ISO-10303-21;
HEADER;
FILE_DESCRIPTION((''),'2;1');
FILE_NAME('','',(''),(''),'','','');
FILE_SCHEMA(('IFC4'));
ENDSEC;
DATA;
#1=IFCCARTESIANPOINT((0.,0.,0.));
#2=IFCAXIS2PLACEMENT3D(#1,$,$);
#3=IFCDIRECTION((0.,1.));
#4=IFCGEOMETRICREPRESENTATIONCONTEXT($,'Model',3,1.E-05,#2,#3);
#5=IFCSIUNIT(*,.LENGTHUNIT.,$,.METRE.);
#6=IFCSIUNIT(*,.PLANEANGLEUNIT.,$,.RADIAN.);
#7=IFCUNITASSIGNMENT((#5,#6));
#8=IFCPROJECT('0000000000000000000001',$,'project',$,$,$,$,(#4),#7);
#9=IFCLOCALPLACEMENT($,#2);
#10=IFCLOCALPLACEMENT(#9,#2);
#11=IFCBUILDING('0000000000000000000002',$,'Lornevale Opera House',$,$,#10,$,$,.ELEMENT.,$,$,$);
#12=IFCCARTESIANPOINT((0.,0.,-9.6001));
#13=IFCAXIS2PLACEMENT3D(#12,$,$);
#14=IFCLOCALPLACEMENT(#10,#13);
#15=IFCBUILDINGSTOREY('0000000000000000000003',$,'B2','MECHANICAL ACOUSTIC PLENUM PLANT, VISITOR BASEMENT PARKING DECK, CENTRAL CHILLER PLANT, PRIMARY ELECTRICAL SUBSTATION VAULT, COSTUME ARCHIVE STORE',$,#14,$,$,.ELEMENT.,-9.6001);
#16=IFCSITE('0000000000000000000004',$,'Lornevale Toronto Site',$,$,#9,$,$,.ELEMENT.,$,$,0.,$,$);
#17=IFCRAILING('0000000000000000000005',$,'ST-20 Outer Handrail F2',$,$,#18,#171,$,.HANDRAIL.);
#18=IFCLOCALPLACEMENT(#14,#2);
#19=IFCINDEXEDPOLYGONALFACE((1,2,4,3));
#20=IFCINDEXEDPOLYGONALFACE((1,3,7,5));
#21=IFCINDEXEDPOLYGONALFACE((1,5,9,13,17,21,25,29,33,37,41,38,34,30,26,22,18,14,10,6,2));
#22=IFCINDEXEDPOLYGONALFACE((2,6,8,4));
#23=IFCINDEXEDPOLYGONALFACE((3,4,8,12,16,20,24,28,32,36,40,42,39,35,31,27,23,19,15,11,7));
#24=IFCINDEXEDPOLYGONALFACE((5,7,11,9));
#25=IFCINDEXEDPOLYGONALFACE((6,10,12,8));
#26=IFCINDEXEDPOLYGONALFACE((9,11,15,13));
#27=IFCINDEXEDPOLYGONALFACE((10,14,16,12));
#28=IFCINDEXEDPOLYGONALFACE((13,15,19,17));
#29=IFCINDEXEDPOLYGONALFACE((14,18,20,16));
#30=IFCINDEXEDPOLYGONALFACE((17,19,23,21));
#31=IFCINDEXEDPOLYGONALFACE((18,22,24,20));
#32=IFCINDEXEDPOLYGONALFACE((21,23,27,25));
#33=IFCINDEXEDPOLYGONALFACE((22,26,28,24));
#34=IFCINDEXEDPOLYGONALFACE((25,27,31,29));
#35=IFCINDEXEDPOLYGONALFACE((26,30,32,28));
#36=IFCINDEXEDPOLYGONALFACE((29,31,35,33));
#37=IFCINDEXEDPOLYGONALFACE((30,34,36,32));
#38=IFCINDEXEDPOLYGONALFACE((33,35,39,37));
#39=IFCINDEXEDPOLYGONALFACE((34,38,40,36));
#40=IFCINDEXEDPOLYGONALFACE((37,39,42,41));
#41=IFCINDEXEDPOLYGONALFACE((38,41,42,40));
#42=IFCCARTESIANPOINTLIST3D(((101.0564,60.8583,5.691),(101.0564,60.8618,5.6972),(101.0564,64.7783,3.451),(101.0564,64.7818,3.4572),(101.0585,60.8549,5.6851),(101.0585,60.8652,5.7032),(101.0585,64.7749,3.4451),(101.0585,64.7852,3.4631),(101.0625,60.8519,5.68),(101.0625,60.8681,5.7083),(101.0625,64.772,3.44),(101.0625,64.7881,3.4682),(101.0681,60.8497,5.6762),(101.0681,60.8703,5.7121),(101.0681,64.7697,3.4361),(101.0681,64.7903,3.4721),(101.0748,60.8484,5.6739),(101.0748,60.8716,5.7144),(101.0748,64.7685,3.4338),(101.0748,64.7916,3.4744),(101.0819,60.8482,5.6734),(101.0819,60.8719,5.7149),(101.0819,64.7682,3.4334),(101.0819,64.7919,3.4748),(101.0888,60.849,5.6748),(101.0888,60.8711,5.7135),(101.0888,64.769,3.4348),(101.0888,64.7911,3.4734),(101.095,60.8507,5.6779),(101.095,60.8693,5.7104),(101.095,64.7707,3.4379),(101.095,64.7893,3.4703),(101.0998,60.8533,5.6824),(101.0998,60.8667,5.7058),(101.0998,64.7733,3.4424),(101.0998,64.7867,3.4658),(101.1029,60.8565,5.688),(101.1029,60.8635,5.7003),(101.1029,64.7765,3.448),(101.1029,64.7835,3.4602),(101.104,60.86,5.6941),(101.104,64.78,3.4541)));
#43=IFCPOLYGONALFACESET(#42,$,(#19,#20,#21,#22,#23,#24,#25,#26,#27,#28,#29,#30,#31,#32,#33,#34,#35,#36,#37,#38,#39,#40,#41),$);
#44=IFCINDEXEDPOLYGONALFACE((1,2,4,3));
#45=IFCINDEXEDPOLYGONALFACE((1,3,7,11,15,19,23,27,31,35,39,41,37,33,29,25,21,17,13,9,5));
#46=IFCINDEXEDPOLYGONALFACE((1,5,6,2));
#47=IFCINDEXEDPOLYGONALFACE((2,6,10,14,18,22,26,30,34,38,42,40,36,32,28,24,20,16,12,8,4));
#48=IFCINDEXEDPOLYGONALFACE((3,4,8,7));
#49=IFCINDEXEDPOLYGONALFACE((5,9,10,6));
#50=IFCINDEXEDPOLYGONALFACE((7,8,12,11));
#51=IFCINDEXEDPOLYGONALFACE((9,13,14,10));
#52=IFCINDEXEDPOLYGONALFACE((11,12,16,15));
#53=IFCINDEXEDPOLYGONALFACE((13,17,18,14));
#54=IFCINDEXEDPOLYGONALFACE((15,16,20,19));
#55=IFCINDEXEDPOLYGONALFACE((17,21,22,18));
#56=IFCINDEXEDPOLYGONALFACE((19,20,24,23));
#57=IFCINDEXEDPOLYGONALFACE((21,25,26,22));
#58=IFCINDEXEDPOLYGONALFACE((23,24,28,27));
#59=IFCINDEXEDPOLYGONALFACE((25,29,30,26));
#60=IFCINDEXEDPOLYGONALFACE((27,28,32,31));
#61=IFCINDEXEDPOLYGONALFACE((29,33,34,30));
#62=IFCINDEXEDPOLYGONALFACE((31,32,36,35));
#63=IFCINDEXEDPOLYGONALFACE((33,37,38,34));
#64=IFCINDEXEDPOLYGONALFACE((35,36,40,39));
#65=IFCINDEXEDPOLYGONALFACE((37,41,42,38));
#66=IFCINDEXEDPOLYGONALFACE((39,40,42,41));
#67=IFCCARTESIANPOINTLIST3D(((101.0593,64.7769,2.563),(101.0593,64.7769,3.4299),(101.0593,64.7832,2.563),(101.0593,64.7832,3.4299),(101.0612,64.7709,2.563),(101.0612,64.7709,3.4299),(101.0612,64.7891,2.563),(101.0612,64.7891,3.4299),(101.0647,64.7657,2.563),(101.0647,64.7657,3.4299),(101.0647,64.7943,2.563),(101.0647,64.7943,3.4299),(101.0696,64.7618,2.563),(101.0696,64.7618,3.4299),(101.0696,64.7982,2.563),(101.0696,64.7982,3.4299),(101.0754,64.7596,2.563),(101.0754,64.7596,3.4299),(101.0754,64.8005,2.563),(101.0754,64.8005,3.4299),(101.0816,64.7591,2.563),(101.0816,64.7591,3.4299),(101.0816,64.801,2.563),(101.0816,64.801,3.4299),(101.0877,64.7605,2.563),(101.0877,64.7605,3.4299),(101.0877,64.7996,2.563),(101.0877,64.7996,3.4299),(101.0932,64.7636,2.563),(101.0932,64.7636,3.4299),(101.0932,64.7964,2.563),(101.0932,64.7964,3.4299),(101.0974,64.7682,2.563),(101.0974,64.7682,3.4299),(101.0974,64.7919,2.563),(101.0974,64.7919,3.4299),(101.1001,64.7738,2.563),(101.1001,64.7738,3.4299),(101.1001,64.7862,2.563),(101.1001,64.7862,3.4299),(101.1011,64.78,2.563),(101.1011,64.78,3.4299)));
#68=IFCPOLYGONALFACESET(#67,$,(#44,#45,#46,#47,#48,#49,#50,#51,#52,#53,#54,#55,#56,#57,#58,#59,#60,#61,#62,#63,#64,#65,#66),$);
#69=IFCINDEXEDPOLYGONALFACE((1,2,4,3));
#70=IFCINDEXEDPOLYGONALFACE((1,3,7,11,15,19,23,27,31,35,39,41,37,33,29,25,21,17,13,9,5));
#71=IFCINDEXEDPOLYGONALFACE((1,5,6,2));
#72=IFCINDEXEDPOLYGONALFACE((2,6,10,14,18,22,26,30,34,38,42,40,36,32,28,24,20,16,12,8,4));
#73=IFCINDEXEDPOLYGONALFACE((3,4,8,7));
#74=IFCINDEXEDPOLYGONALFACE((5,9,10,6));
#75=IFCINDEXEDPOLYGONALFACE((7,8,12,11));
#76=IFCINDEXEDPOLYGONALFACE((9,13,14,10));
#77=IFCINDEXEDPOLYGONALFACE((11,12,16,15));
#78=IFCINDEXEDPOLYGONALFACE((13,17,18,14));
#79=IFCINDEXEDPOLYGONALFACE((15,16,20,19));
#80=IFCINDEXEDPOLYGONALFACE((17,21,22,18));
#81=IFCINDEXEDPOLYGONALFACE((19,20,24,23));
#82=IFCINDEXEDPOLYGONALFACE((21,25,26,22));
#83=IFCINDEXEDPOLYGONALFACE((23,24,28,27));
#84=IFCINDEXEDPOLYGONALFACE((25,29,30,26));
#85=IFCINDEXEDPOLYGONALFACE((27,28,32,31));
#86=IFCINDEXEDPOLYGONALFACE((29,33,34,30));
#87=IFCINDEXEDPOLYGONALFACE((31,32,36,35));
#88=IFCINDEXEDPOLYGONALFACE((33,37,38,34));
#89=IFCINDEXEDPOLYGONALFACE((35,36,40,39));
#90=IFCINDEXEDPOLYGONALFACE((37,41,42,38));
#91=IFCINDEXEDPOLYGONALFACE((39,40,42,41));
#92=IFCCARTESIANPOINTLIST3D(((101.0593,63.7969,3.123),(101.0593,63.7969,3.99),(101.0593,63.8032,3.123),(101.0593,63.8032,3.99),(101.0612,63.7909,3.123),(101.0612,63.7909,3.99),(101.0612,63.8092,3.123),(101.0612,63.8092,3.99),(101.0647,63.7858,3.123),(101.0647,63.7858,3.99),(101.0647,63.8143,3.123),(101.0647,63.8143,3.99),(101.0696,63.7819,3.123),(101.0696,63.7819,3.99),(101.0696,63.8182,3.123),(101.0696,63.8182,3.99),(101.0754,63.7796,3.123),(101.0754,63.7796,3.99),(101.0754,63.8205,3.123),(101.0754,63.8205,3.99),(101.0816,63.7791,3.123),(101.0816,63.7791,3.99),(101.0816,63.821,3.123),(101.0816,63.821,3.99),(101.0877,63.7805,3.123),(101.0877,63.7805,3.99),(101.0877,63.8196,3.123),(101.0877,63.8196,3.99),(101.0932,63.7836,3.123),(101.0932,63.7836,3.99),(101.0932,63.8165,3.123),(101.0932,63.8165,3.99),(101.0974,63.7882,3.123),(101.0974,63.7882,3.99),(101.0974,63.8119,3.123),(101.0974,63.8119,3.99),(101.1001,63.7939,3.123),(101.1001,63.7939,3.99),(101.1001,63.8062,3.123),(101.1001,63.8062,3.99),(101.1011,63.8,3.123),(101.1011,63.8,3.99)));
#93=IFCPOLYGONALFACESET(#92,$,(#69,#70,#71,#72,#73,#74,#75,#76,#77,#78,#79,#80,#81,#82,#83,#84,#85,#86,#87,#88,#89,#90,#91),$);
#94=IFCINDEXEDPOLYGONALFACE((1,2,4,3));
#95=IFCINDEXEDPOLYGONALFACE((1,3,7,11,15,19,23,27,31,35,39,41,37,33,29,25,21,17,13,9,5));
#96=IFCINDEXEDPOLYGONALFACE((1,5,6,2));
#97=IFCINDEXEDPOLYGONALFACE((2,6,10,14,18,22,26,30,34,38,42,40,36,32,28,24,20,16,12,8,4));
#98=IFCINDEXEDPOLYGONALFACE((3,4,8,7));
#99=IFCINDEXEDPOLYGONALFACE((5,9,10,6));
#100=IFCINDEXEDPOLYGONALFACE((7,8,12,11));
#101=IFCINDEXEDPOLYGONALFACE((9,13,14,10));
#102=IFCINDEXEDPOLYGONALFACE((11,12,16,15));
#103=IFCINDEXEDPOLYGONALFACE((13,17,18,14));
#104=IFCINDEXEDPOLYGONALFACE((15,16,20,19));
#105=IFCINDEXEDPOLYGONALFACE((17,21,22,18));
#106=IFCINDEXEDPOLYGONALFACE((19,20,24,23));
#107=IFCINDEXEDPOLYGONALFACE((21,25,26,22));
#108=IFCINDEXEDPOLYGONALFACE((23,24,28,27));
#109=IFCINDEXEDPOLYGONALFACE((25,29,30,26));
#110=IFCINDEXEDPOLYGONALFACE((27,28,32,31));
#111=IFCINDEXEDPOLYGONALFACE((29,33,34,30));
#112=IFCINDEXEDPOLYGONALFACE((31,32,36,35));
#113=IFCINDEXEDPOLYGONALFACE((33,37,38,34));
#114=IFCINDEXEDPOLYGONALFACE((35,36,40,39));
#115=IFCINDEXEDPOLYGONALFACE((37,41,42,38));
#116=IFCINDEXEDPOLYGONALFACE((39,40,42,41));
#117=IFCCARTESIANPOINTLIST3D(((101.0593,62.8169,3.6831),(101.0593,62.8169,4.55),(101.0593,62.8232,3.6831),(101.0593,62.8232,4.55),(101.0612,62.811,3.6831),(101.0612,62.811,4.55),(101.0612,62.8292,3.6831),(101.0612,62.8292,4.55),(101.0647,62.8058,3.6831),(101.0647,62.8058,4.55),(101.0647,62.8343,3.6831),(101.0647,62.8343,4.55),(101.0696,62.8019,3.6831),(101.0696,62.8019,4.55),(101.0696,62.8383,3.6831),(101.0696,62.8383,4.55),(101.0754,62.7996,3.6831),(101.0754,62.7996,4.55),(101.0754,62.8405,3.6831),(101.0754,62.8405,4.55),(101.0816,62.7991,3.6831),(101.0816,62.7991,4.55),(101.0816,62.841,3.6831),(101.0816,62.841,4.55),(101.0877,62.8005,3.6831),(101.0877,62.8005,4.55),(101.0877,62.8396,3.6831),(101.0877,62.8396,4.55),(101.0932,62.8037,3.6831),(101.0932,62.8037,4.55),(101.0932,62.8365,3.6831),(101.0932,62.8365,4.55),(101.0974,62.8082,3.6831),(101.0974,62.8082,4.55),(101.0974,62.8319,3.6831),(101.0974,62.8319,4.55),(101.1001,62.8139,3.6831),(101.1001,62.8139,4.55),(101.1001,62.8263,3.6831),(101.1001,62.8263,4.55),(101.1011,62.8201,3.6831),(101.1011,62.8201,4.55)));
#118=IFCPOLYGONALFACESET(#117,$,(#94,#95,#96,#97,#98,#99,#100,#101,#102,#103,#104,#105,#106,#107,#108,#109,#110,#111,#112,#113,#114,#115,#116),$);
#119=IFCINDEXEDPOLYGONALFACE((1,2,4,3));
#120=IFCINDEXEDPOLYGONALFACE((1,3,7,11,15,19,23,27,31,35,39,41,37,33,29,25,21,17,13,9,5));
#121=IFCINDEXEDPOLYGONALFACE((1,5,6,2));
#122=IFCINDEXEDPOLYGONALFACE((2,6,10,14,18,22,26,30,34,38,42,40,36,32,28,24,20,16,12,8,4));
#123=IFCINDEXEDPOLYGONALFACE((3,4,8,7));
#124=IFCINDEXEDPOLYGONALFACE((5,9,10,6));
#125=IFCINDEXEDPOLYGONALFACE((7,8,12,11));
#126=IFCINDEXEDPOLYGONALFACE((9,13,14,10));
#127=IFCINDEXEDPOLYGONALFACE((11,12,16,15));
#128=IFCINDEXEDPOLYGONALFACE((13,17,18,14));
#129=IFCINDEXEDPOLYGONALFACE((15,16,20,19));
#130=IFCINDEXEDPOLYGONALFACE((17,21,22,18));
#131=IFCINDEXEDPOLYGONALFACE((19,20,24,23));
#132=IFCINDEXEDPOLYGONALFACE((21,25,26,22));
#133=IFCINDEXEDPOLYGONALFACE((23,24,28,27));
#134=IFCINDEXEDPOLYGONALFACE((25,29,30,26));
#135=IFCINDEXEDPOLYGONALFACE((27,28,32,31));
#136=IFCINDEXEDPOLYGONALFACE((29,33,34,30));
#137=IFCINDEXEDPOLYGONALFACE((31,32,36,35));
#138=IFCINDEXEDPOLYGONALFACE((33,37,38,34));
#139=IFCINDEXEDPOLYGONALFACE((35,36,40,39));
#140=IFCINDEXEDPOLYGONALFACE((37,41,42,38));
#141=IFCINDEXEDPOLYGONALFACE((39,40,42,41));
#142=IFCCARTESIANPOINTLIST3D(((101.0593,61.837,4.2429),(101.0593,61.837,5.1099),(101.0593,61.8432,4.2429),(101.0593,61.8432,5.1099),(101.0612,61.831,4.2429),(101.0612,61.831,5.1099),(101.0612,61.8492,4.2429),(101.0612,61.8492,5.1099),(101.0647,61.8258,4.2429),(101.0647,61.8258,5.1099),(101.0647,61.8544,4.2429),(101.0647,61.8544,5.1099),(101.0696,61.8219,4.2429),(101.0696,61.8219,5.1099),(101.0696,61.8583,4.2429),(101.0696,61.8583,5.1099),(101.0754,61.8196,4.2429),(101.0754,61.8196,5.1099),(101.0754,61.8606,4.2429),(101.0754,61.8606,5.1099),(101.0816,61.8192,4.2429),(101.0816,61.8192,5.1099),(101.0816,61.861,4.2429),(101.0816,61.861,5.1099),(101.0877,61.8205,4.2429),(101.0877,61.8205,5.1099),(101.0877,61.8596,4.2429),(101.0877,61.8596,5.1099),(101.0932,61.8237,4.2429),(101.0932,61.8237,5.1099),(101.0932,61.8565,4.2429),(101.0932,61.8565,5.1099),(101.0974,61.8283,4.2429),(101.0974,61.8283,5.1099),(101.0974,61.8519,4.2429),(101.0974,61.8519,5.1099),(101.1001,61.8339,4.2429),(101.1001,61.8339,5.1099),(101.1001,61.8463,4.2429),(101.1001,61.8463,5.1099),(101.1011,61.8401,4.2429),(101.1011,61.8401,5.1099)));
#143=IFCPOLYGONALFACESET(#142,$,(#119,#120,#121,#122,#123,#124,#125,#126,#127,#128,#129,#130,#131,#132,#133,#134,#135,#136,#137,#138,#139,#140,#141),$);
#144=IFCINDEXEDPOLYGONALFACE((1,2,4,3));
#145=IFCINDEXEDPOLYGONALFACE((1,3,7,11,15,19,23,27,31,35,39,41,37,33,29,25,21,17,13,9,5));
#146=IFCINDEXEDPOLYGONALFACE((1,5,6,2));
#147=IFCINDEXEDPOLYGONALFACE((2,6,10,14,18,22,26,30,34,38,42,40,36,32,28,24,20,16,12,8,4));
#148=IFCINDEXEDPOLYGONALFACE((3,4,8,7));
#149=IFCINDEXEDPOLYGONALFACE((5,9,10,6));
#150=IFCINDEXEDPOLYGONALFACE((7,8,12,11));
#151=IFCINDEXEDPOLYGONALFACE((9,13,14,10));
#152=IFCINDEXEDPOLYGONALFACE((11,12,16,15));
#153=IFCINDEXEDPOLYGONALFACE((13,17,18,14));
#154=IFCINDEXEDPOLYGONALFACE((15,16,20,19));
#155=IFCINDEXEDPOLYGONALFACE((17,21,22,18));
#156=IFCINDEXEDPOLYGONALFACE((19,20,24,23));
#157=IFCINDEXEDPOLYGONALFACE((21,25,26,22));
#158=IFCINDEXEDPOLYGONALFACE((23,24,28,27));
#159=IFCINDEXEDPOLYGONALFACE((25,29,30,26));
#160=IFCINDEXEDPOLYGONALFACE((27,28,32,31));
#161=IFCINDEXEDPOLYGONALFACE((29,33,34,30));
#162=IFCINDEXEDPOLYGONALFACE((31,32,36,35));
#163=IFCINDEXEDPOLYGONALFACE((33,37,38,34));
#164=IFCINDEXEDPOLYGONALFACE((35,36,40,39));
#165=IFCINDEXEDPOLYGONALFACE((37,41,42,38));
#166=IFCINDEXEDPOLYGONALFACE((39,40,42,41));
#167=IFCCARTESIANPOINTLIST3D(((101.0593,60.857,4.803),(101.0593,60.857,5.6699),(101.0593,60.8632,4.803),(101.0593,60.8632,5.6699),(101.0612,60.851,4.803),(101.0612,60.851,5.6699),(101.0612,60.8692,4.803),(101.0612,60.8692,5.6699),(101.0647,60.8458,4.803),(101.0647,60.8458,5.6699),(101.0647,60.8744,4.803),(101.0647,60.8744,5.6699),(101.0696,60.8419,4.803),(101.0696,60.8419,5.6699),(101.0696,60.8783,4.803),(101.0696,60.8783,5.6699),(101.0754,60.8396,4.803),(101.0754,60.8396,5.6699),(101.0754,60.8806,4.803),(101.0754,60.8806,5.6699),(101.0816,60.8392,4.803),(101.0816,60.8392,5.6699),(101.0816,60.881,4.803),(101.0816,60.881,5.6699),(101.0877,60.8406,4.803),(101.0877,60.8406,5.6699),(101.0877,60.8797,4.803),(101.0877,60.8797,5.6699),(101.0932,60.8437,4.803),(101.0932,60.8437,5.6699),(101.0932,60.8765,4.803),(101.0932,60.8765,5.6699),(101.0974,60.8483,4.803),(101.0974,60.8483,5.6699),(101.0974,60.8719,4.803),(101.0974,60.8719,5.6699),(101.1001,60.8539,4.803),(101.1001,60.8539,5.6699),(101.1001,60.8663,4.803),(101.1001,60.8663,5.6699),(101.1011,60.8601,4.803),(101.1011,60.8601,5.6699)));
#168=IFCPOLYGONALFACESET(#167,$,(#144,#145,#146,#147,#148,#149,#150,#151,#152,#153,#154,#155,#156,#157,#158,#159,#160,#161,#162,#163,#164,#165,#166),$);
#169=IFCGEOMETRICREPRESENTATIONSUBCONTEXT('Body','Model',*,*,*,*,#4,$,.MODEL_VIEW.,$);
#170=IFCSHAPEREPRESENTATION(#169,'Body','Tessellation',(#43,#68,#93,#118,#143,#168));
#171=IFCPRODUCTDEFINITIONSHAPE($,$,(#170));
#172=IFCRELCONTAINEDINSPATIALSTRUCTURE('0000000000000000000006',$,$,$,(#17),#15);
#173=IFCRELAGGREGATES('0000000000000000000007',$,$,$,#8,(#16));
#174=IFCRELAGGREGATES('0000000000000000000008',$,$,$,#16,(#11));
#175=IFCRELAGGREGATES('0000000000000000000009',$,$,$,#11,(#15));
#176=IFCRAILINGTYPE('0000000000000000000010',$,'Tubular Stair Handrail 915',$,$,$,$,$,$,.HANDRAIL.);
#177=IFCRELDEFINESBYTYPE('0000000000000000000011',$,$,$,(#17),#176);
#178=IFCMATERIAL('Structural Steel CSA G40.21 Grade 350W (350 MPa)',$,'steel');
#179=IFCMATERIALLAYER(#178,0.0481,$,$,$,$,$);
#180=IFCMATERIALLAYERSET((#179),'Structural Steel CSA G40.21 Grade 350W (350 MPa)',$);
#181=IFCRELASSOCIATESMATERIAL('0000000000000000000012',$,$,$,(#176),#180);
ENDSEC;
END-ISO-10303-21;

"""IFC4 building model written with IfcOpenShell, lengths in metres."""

from ifc_helpers import new_model, si_unit, direction, frame, origin, origin_2d, place, context, subcontext, project, spatial, circle, extrude, material, layer, layer_set, type_object, element, save


model = new_model("IFC4")

# Units and contexts
model_context = context("Model", 3, precision=1e-05, world=origin(), true_north=direction((0.0, 1.0)))
body_context = subcontext(model_context, "Body", "Model", "MODEL_VIEW")
ifc_project = project(units=[si_unit("LENGTHUNIT", "METRE"), si_unit("PLANEANGLEUNIT", "RADIAN")], contexts=[model_context])

# Site, building, storey
site_placement = place(None, origin())
site = spatial("IfcSite", under=ifc_project, at=site_placement, Name="Lornevale Toronto Site", CompositionType="ELEMENT", RefElevation=0.0)
building_placement = place(site_placement, origin())
building = spatial("IfcBuilding", under=site, at=building_placement, Name="Lornevale Opera House", CompositionType="ELEMENT")
storey_placement = place(building_placement, frame((0.0, 0.0, -9.6001)))
storey = spatial("IfcBuildingStorey", under=building, at=storey_placement, Name="B2", Description="MECHANICAL ACOUSTIC PLENUM PLANT, VISITOR BASEMENT PARKING DECK, CENTRAL CHILLER PLANT, PRIMARY ELECTRICAL SUBSTATION VAULT, COSTUME ARCHIVE STORE", CompositionType="ELEMENT", Elevation=-9.6001)

# Railing
ifc_material_1 = material(Name="Structural Steel CSA G40.21 Grade 350W (350 MPa)", Category="steel")
ifc_layer_1 = layer(ifc_material_1, 0.0481)
ifc_layer_set_1 = layer_set([ifc_layer_1], Name="Structural Steel CSA G40.21 Grade 350W (350 MPa)")
railing_type_1 = type_object("IfcRailingType", Name="Tubular Stair Handrail 915", PredefinedType="HANDRAIL", material=ifc_layer_set_1)
railing_1_placement = place(storey_placement, frame((101.0801, 64.78, 2.563)))
element("IfcRailing", 1, at=railing_1_placement, inside=storey, type_object=railing_type_1, Name="ST-20 Outer Handrail F2", PredefinedType="HANDRAIL", context=body_context, shape_type="SweptSolid", body=[
    extrude(circle(Radius=0.0239, at=origin_2d()), frame((0.0, 0.0, 0.8911), z_axis=(0.0, -0.86824, 0.496145), x_axis=(1.0, 0.0, 0.0)), (0.0, 0.0, 1.0), 4.5149),
    extrude(circle(Radius=0.021, at=origin_2d()), origin(), (0.0, 0.0, 1.0), 0.8669),
    extrude(circle(Radius=0.021, at=origin_2d()), frame((0.0, -0.98, 0.5601)), (0.0, 0.0, 1.0), 0.8669),
    extrude(circle(Radius=0.021, at=origin_2d()), frame((0.0, -1.96, 1.1201)), (0.0, 0.0, 1.0), 0.8669),
    extrude(circle(Radius=0.021, at=origin_2d()), frame((0.0, -2.9399, 1.6799)), (0.0, 0.0, 1.0), 0.8669),
    extrude(circle(Radius=0.021, at=origin_2d()), frame((0.0, -3.9199, 2.24)), (0.0, 0.0, 1.0), 0.8669),
])

save(model, "model.ifc")
